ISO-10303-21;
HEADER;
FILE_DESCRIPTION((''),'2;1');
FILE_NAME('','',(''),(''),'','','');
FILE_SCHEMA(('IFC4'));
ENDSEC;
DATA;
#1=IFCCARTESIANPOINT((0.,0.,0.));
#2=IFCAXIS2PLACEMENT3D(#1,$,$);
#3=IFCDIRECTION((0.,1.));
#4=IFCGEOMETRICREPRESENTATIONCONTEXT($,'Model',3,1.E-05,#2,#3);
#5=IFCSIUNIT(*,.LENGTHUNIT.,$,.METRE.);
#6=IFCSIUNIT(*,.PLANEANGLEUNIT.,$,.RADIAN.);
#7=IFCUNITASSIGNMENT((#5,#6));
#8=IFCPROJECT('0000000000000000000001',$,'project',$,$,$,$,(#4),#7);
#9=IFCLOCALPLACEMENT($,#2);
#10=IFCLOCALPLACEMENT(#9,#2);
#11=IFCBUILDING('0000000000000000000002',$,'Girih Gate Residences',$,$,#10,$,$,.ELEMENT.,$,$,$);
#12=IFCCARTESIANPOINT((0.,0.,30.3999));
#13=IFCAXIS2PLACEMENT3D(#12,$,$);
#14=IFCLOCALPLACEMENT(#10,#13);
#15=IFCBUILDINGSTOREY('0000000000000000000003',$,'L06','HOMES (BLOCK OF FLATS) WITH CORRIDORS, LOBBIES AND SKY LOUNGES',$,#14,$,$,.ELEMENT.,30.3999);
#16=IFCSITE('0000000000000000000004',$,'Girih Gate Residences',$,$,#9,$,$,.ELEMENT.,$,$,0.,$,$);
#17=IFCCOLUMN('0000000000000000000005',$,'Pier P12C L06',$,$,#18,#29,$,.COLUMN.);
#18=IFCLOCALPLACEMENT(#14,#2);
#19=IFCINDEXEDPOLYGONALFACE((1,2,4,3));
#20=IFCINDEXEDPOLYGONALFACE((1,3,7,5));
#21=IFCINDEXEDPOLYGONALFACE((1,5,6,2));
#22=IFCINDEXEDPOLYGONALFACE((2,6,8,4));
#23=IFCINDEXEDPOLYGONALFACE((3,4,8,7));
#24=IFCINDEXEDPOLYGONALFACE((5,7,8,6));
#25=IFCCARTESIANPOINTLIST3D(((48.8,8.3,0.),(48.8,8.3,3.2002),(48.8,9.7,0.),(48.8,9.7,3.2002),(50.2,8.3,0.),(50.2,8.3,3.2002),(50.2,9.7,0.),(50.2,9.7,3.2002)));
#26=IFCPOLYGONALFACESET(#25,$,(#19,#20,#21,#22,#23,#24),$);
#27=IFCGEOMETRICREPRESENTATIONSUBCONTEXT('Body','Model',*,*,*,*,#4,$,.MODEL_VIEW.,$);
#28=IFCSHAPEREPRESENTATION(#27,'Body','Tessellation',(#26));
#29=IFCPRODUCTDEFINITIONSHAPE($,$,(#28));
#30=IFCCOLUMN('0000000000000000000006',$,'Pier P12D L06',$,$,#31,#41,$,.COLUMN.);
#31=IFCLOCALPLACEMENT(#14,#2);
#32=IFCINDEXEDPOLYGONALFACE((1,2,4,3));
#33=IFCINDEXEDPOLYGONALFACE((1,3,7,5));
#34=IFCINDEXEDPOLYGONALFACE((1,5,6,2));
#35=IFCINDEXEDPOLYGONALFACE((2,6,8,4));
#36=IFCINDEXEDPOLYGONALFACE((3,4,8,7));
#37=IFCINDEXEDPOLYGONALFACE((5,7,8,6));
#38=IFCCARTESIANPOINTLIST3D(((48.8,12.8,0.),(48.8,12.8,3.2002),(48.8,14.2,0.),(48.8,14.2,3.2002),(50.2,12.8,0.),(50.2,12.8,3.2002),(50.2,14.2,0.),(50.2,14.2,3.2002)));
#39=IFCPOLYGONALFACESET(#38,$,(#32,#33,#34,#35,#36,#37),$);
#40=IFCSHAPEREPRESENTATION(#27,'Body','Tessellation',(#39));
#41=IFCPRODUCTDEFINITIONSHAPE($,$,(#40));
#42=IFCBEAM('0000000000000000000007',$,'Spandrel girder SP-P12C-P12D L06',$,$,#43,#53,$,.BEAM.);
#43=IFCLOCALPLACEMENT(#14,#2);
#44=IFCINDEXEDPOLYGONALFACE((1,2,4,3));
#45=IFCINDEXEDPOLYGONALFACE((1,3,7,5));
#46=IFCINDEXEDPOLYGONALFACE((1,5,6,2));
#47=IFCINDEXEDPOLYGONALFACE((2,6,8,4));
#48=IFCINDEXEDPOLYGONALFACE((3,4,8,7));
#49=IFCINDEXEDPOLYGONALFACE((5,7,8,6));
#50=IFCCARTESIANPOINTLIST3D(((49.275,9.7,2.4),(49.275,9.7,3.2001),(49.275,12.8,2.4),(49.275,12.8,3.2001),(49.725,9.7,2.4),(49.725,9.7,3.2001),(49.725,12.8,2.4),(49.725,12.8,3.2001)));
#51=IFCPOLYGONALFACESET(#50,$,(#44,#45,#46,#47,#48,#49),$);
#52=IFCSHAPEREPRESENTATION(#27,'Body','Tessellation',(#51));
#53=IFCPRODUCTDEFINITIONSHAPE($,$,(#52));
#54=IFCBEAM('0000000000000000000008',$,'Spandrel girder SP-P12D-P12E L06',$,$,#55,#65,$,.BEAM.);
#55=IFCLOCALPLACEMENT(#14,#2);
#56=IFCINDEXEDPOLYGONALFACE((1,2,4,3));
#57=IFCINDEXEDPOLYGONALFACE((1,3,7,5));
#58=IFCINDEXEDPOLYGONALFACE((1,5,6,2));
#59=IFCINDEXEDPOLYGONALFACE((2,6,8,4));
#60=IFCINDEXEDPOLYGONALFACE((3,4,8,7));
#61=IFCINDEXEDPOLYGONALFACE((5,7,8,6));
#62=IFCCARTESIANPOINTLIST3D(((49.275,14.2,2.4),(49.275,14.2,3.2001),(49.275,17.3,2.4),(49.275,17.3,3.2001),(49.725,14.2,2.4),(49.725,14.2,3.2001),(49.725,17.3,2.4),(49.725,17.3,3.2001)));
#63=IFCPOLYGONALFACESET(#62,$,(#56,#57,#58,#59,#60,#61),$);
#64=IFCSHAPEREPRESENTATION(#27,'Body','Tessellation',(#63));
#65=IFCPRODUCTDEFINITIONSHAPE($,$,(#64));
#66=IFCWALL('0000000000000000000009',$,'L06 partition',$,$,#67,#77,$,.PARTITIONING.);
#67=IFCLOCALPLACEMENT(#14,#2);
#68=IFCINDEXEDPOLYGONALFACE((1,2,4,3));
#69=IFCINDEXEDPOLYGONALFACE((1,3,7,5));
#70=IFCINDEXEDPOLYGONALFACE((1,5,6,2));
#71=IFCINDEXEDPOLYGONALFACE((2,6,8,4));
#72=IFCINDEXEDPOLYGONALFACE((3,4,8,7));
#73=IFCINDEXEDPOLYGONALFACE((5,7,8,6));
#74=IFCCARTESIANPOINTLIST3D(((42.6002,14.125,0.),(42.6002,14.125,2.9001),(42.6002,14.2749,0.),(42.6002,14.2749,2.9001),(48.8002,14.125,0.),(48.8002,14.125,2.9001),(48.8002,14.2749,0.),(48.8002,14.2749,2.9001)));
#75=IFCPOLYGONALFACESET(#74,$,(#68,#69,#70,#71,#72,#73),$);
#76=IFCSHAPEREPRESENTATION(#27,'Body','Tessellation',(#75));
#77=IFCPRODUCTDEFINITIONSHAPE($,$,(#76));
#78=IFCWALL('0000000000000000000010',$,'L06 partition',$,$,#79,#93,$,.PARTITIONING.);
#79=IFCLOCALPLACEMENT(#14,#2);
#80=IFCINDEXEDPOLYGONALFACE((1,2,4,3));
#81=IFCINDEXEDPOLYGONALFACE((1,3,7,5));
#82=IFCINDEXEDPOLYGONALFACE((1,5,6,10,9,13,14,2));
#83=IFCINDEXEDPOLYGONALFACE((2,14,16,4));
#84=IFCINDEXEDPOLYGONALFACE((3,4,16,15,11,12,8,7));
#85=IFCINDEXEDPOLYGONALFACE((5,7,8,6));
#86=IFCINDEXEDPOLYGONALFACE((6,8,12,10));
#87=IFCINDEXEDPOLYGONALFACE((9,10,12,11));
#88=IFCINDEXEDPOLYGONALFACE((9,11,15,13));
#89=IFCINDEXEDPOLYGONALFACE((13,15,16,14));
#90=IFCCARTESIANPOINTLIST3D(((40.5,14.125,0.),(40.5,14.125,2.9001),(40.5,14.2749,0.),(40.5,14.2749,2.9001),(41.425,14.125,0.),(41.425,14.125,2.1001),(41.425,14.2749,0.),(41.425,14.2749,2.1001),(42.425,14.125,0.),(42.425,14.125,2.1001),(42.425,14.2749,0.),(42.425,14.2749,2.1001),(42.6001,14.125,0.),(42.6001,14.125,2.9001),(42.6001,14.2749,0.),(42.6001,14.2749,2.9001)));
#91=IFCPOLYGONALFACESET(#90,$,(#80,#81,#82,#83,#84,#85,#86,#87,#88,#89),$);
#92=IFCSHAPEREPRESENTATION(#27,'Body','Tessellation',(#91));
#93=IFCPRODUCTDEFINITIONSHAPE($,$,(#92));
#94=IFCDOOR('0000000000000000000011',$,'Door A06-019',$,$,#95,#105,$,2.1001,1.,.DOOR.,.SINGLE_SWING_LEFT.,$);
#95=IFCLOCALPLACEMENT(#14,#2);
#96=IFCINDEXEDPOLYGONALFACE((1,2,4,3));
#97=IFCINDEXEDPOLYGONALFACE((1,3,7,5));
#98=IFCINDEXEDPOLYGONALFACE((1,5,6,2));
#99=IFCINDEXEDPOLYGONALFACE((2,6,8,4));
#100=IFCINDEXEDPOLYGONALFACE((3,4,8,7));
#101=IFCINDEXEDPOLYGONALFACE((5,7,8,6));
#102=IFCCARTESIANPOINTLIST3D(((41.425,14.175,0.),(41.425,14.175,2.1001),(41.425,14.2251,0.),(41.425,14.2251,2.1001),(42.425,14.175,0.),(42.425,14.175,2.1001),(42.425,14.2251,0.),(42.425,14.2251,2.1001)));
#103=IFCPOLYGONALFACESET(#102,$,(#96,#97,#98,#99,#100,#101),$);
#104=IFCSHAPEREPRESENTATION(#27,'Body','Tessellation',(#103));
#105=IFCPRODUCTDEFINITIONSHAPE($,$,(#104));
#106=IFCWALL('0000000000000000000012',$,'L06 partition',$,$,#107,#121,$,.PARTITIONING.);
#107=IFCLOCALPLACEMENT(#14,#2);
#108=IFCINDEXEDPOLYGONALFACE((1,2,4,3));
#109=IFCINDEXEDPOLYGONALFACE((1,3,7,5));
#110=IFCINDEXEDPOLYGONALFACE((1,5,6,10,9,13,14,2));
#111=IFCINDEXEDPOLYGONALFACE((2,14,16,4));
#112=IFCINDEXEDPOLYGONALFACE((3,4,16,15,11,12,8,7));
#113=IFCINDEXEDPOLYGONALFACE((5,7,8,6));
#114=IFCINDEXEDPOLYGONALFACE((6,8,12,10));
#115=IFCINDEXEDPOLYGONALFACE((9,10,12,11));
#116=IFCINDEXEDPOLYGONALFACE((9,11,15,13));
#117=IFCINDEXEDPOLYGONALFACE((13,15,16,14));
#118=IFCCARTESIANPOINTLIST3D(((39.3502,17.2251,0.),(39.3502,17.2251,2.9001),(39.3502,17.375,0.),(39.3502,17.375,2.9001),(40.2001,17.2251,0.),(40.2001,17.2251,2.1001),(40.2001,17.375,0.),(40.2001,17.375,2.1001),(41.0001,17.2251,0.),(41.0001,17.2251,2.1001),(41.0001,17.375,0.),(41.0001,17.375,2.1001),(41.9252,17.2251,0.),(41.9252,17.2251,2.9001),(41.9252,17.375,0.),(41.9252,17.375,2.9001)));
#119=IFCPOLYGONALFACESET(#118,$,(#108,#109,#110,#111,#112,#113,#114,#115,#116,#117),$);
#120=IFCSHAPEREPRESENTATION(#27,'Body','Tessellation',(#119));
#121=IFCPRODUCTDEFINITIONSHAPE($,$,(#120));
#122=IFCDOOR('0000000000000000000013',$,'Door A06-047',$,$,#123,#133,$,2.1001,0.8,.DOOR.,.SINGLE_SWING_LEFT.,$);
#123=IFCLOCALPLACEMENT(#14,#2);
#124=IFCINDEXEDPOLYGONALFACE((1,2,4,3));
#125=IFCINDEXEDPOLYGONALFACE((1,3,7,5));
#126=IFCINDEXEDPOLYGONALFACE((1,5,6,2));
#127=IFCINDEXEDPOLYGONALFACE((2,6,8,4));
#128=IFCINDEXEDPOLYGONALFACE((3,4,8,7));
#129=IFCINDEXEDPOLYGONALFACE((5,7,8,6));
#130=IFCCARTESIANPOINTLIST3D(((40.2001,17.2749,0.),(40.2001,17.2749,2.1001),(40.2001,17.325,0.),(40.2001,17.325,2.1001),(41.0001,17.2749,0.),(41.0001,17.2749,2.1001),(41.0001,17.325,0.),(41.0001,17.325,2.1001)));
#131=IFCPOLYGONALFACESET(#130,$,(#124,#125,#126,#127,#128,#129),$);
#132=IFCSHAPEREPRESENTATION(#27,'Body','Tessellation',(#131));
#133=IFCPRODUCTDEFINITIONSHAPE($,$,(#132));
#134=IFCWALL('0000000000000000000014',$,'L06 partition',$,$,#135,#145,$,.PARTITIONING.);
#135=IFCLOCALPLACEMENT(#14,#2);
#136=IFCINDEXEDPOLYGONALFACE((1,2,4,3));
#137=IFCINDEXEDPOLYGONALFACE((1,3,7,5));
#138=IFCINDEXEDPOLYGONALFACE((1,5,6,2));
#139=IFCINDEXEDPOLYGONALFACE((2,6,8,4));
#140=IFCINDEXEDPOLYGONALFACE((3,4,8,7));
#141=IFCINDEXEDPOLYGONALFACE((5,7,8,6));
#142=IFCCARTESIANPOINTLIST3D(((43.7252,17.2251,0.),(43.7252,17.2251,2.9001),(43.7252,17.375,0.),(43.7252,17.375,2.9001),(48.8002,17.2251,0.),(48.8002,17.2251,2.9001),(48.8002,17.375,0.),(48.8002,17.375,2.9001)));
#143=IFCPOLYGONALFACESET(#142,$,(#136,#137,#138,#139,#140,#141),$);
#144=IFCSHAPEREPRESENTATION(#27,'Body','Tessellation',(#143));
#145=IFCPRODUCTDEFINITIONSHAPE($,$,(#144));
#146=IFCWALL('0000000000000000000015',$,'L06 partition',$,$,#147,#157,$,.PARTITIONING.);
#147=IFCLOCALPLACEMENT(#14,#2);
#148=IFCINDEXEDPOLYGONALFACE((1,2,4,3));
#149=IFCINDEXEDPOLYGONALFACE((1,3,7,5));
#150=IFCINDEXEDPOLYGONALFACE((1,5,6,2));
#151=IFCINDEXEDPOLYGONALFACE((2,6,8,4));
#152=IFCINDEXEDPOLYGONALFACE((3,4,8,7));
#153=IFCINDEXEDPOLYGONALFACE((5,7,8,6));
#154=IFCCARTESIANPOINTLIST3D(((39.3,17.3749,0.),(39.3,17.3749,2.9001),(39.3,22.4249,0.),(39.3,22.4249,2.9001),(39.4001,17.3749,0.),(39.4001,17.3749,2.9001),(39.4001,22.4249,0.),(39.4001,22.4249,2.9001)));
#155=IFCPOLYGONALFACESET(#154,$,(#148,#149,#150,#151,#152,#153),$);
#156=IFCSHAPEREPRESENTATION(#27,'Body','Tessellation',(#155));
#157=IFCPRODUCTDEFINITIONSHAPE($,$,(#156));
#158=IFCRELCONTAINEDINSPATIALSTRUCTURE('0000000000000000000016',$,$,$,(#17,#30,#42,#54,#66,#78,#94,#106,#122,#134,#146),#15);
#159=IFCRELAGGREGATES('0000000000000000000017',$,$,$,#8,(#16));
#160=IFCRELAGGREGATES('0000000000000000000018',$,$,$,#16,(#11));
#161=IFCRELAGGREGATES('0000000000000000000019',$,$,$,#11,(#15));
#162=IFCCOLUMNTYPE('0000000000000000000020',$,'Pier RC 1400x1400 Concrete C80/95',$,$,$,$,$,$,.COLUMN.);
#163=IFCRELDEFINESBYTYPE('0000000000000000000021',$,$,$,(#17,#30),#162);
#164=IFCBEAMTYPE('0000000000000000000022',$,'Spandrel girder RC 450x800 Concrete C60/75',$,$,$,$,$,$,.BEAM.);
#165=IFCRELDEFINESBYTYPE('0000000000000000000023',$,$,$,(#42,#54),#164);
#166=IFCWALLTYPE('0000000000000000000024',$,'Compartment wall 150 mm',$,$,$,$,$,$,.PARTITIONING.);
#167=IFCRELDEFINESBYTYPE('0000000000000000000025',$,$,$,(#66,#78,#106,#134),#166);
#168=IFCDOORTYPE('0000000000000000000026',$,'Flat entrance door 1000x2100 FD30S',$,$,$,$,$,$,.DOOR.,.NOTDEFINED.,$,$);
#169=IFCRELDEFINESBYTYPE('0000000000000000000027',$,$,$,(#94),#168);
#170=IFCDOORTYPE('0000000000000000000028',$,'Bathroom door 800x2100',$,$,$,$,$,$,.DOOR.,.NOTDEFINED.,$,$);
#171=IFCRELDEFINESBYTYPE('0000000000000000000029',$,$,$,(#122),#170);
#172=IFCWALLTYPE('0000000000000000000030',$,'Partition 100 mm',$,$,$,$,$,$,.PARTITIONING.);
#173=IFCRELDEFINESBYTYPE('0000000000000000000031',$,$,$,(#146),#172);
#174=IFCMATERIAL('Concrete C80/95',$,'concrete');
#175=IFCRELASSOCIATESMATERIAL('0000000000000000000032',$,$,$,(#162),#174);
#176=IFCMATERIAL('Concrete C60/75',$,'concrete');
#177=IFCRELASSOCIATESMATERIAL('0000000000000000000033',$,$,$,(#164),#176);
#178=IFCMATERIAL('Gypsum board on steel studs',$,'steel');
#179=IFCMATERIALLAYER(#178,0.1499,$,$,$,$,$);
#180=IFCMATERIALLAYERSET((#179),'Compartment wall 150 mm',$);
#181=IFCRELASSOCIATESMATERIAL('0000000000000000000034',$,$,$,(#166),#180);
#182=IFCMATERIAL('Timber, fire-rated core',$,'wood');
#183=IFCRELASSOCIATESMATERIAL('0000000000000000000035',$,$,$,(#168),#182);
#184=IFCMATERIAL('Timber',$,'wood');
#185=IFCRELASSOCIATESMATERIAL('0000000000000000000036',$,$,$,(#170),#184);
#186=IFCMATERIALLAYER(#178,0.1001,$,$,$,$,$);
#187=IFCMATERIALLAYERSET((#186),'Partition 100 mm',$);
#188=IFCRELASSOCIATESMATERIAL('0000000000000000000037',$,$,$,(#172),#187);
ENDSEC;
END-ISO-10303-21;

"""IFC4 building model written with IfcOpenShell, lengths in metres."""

from ifc_helpers import new_model, si_unit, direction, frame, frame_2d, origin, origin_2d, place, context, subcontext, project, spatial, rectangle, extrude, material, layer, layer_set, material_profile, profile_set, type_object, element, fill, save


model = new_model("IFC4")

# Units and contexts
model_context = context("Model", 3, precision=1e-05, world=origin(), true_north=direction((0.0, 1.0)))
body_context = subcontext(model_context, "Body", "Model", "MODEL_VIEW")
ifc_project = project(units=[si_unit("LENGTHUNIT", "METRE"), si_unit("PLANEANGLEUNIT", "RADIAN")], contexts=[model_context])

# Site, building, storey
site_placement = place(None, origin())
site = spatial("IfcSite", under=ifc_project, at=site_placement, Name="Girih Gate Residences", CompositionType="ELEMENT", RefElevation=0.0)
building_placement = place(site_placement, origin())
building = spatial("IfcBuilding", under=site, at=building_placement, Name="Girih Gate Residences", CompositionType="ELEMENT")
storey_placement = place(building_placement, frame((0.0, 0.0, 30.3999)))
storey = spatial("IfcBuildingStorey", under=building, at=storey_placement, Name="L06", Description="HOMES (BLOCK OF FLATS) WITH CORRIDORS, LOBBIES AND SKY LOUNGES", CompositionType="ELEMENT", Elevation=30.3999)

# Columns
ifc_material_1 = material(Name="Concrete C80/95", Category="concrete")
ifc_material_profile_1 = material_profile(ifc_material_1, rectangle(XDim=1.3999, YDim=1.3999, at=origin_2d()))
ifc_profile_set_1 = profile_set([ifc_material_profile_1], Name="Concrete C80/95")
column_type = type_object("IfcColumnType", Name="Pier RC 1400x1400 Concrete C80/95", PredefinedType="COLUMN", material=ifc_profile_set_1)
for number, where, z_axis, x_axis, name in (
    (1, (49.5, 9.0, 0.0), (0.0, 0.0, 1.0), (1.0, 0.0, 0.0), "Pier P12C L06"),
    (2, (49.5, 13.5, 0.0), (0.0, 0.0, 1.0), (1.0, 0.0, 0.0), "Pier P12D L06"),
):
    element("IfcColumn", number, at=place(storey_placement, frame(where, z_axis=z_axis, x_axis=x_axis)), inside=storey, type_object=column_type, Name=name, PredefinedType="COLUMN", context=body_context, shape_type="SweptSolid", body=[
        extrude(rectangle(XDim=1.3999, YDim=1.3999, at=origin_2d()), origin(), (0.0, 0.0, 1.0), 3.2002),
    ])

# Beams
ifc_material_2 = material(Name="Concrete C60/75", Category="concrete")
ifc_material_profile_2 = material_profile(ifc_material_2, rectangle(XDim=0.45, YDim=0.8, at=origin_2d()))
ifc_profile_set_2 = profile_set([ifc_material_profile_2], Name="Concrete C60/75")
beam_type = type_object("IfcBeamType", Name="Spandrel girder RC 450x800 Concrete C60/75", PredefinedType="BEAM", material=ifc_profile_set_2)
for number, where, z_axis, x_axis, name in (
    (3, (49.5, 9.7, 2.8), (0.0, 1.0, 0.0), (-1.0, 0.0, 0.0), "Spandrel girder SP-P12C-P12D L06"),
    (4, (49.5, 14.2, 2.8), (0.0, 1.0, 0.0), (-1.0, 0.0, 0.0), "Spandrel girder SP-P12D-P12E L06"),
):
    element("IfcBeam", number, at=place(storey_placement, frame(where, z_axis=z_axis, x_axis=x_axis)), inside=storey, type_object=beam_type, Name=name, PredefinedType="BEAM", context=body_context, shape_type="SweptSolid", body=[
        extrude(rectangle(XDim=0.45, YDim=0.8, at=origin_2d()), origin(), (0.0, 0.0, 1.0), 3.1001),
    ])

# Wall
ifc_material_3 = material(Name="Gypsum board on steel studs", Category="steel")
ifc_layer_1 = layer(ifc_material_3, 0.1499)
ifc_layer_set_1 = layer_set([ifc_layer_1], Name="Compartment wall 150 mm")
wall_type_1 = type_object("IfcWallType", Name="Compartment wall 150 mm", PredefinedType="PARTITIONING", material=ifc_layer_set_1)
wall_1_placement = place(storey_placement, frame((42.6001, 14.2, 0.0), z_axis=(0.0, 0.0, 1.0), x_axis=(1.0, 0.0, 0.0)))
element("IfcWall", 5, at=wall_1_placement, inside=storey, type_object=wall_type_1, Name="L06 partition", PredefinedType="PARTITIONING", context=body_context, shape_type="SweptSolid", body=[
    extrude(rectangle(XDim=6.2, YDim=0.1499, at=frame_2d((3.1001, 0.0))), origin(), (0.0, 0.0, 1.0), 2.9001),
])

# Walls, openings, doors
wall_2_placement = place(storey_placement, frame((42.6001, 14.2, 0.0), z_axis=(0.0, 0.0, 1.0), x_axis=(-1.0, 0.0, 0.0)))
wall_2 = element("IfcWall", 6, at=wall_2_placement, inside=storey, type_object=wall_type_1, Name="L06 partition", PredefinedType="PARTITIONING", context=body_context, shape_type="SweptSolid", body=[
    extrude(rectangle(XDim=2.1001, YDim=0.1499, at=frame_2d((1.05, 0.0))), origin(), (0.0, 0.0, 1.0), 2.9001),
])
opening_1_placement = place(wall_2_placement, frame((0.175, 0.0, 0.0)))
opening_1 = element("IfcOpeningElement", 7, at=opening_1_placement, cuts=wall_2, PredefinedType="OPENING", context=body_context, shape_type="SweptSolid", body=[
    extrude(rectangle(XDim=1.0, YDim=2.1001, at=frame_2d((0.5, 1.05))), frame((0.0, 0.085, 0.0), z_axis=(0.0, -1.0, 0.0), x_axis=(1.0, 0.0, 0.0)), (0.0, 0.0, 1.0), 0.1699),
])
ifc_material_4 = material(Name="Timber, fire-rated core", Category="wood")
door_type_1 = type_object("IfcDoorType", Name="Flat entrance door 1000x2100 FD30S", OperationType="NOTDEFINED", PredefinedType="DOOR", material=ifc_material_4)
door_1_placement = place(opening_1_placement, origin())
door_1 = element("IfcDoor", 8, at=door_1_placement, inside=storey, type_object=door_type_1, Name="Door A06-019", OperationType="SINGLE_SWING_LEFT", OverallHeight=2.1001, OverallWidth=1.0, PredefinedType="DOOR", context=body_context, shape_type="SweptSolid", body=[
    extrude(rectangle(XDim=1.0, YDim=2.1001, at=frame_2d((0.5, 1.05))), frame((0.0, 0.0249, 0.0), z_axis=(0.0, -1.0, 0.0), x_axis=(1.0, 0.0, 0.0)), (0.0, 0.0, 1.0), 0.05),
])
fill(opening_1, door_1)
wall_3_placement = place(storey_placement, frame((39.3501, 17.3, 0.0), z_axis=(0.0, 0.0, 1.0), x_axis=(1.0, 0.0, 0.0)))
wall_3 = element("IfcWall", 9, at=wall_3_placement, inside=storey, type_object=wall_type_1, Name="L06 partition", PredefinedType="PARTITIONING", context=body_context, shape_type="SweptSolid", body=[
    extrude(rectangle(XDim=2.575, YDim=0.1499, at=frame_2d((1.2876, 0.0))), origin(), (0.0, 0.0, 1.0), 2.9001),
])
opening_2_placement = place(wall_3_placement, frame((0.8501, 0.0, 0.0)))
opening_2 = element("IfcOpeningElement", 10, at=opening_2_placement, cuts=wall_3, PredefinedType="OPENING", context=body_context, shape_type="SweptSolid", body=[
    extrude(rectangle(XDim=0.8, YDim=2.1001, at=frame_2d((0.3999, 1.05))), frame((0.0, 0.085, 0.0), z_axis=(0.0, -1.0, 0.0), x_axis=(1.0, 0.0, 0.0)), (0.0, 0.0, 1.0), 0.1699),
])
ifc_material_5 = material(Name="Timber", Category="wood")
door_type_2 = type_object("IfcDoorType", Name="Bathroom door 800x2100", OperationType="NOTDEFINED", PredefinedType="DOOR", material=ifc_material_5)
door_2_placement = place(opening_2_placement, origin())
door_2 = element("IfcDoor", 11, at=door_2_placement, inside=storey, type_object=door_type_2, Name="Door A06-047", OperationType="SINGLE_SWING_LEFT", OverallHeight=2.1001, OverallWidth=0.8, PredefinedType="DOOR", context=body_context, shape_type="SweptSolid", body=[
    extrude(rectangle(XDim=0.8, YDim=2.1001, at=frame_2d((0.3999, 1.05))), frame((0.0, 0.0249, 0.0), z_axis=(0.0, -1.0, 0.0), x_axis=(1.0, 0.0, 0.0)), (0.0, 0.0, 1.0), 0.05),
])
fill(opening_2, door_2)

# Walls
wall_4_placement = place(storey_placement, frame((43.7251, 17.3, 0.0), z_axis=(0.0, 0.0, 1.0), x_axis=(1.0, 0.0, 0.0)))
element("IfcWall", 12, at=wall_4_placement, inside=storey, type_object=wall_type_1, Name="L06 partition", PredefinedType="PARTITIONING", context=body_context, shape_type="SweptSolid", body=[
    extrude(rectangle(XDim=5.075, YDim=0.1499, at=frame_2d((2.5376, 0.0))), origin(), (0.0, 0.0, 1.0), 2.9001),
])
ifc_layer_2 = layer(ifc_material_3, 0.1001)
ifc_layer_set_2 = layer_set([ifc_layer_2], Name="Partition 100 mm")
wall_type_2 = type_object("IfcWallType", Name="Partition 100 mm", PredefinedType="PARTITIONING", material=ifc_layer_set_2)
wall_5_placement = place(storey_placement, frame((39.3501, 17.375, 0.0), z_axis=(0.0, 0.0, 1.0), x_axis=(0.0, 1.0, 0.0)))
element("IfcWall", 13, at=wall_5_placement, inside=storey, type_object=wall_type_2, Name="L06 partition", PredefinedType="PARTITIONING", context=body_context, shape_type="SweptSolid", body=[
    extrude(rectangle(XDim=5.05, YDim=0.1001, at=frame_2d((2.5249, 0.0))), origin(), (0.0, 0.0, 1.0), 2.9001),
])

save(model, "model.ifc")
